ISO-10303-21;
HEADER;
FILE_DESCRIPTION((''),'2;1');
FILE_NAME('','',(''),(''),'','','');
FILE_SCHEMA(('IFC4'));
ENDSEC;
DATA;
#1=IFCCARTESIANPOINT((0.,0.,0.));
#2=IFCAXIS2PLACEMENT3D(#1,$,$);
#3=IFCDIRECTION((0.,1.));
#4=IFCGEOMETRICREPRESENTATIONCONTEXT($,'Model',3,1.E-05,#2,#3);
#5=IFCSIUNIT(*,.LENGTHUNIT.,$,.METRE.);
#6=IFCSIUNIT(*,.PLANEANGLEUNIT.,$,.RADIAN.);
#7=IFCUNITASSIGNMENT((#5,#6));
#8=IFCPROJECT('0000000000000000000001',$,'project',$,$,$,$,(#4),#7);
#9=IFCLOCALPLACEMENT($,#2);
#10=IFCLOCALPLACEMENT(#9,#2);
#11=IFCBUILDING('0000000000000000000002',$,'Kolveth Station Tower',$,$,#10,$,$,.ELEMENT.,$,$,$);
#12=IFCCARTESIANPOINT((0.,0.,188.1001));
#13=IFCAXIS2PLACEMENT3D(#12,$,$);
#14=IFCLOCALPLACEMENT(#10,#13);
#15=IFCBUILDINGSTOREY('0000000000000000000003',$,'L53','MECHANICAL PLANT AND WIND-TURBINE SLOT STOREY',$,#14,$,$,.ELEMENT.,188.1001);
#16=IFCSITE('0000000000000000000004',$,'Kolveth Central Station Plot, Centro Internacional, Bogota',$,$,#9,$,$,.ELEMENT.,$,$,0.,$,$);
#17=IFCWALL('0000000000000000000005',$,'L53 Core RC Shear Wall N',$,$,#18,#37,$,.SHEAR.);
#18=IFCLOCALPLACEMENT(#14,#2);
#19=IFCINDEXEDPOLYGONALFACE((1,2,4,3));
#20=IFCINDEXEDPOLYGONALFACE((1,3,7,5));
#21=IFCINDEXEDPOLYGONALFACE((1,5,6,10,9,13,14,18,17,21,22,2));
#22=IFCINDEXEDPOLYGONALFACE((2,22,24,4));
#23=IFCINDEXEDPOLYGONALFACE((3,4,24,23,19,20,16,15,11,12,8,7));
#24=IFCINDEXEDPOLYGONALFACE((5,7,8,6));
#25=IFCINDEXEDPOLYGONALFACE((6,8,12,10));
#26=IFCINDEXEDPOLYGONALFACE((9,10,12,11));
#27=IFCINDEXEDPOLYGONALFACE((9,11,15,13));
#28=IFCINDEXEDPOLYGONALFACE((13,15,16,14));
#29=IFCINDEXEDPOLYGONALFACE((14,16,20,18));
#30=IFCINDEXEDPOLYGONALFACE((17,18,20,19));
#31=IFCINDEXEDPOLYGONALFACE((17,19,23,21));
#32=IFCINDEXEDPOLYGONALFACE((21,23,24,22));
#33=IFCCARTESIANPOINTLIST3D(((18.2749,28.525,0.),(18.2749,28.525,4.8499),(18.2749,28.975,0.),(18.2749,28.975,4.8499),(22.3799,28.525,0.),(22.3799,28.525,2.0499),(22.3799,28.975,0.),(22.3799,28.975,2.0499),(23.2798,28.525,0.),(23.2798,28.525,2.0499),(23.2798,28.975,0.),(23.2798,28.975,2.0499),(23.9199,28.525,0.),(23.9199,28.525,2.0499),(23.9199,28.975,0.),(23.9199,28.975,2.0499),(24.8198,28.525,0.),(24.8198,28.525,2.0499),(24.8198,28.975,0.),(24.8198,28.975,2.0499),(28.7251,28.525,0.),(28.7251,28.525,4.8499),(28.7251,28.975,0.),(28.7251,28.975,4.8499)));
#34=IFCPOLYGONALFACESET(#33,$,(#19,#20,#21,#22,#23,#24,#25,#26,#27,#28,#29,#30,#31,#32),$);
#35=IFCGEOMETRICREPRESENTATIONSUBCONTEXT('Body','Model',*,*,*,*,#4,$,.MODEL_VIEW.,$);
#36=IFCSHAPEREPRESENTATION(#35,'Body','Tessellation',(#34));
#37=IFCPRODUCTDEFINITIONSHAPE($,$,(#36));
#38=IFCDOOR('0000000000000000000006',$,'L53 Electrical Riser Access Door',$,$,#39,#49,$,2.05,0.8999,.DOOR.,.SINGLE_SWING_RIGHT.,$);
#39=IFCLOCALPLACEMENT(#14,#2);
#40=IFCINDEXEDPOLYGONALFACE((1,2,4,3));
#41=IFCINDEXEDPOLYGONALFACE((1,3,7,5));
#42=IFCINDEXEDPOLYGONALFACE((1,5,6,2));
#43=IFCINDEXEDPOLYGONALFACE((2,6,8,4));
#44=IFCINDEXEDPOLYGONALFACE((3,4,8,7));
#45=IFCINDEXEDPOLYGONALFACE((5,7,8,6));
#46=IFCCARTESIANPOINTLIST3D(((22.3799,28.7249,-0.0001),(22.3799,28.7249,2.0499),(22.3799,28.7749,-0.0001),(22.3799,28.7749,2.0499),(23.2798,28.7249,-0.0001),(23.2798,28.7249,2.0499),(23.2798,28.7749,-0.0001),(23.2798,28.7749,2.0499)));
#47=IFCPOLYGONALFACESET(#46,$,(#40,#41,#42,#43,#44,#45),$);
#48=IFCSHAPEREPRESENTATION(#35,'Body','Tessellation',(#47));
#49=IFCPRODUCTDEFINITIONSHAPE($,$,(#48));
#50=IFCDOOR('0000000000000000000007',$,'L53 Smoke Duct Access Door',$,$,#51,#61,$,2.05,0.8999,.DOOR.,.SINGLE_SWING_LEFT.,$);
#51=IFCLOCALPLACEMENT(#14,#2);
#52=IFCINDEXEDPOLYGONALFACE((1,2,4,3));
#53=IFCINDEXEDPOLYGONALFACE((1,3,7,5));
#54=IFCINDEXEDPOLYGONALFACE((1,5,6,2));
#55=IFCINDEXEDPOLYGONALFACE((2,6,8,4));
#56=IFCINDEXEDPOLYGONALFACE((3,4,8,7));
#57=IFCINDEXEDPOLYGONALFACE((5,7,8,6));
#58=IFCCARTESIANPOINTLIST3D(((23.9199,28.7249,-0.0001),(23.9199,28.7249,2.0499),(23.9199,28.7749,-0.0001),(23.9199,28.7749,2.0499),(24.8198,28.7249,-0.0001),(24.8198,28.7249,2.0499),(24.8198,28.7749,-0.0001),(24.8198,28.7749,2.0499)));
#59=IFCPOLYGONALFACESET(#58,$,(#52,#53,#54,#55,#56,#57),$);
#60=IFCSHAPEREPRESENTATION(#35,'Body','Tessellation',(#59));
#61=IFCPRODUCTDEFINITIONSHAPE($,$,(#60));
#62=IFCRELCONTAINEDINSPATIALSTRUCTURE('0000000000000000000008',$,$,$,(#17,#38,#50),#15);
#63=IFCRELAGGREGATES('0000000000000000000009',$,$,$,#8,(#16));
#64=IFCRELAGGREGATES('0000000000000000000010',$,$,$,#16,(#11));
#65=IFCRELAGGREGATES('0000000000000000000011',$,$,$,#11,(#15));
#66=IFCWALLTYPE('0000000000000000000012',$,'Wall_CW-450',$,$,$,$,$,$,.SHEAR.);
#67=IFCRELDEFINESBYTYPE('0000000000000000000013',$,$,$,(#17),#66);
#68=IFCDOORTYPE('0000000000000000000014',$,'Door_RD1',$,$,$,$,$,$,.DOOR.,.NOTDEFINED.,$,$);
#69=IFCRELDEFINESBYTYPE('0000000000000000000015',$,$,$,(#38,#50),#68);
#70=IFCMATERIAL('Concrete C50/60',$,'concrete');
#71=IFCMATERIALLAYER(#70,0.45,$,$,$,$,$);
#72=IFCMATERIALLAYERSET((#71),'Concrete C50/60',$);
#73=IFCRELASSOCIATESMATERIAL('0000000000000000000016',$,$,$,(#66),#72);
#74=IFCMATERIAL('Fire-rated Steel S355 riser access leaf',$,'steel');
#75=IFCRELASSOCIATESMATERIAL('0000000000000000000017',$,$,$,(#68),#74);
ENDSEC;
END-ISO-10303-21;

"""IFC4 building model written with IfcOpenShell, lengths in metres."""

from ifc_helpers import new_model, si_unit, direction, frame, frame_2d, origin, place, context, subcontext, project, spatial, rectangle, extrude, material, layer, layer_set, type_object, element, fill, save


model = new_model("IFC4")

# Units and contexts
model_context = context("Model", 3, precision=1e-05, world=origin(), true_north=direction((0.0, 1.0)))
body_context = subcontext(model_context, "Body", "Model", "MODEL_VIEW")
ifc_project = project(units=[si_unit("LENGTHUNIT", "METRE"), si_unit("PLANEANGLEUNIT", "RADIAN")], contexts=[model_context])

# Site, building, storey
site_placement = place(None, origin())
site = spatial("IfcSite", under=ifc_project, at=site_placement, Name="Kolveth Central Station Plot, Centro Internacional, Bogota", CompositionType="ELEMENT", RefElevation=0.0)
building_placement = place(site_placement, origin())
building = spatial("IfcBuilding", under=site, at=building_placement, Name="Kolveth Station Tower", CompositionType="ELEMENT")
storey_placement = place(building_placement, frame((0.0, 0.0, 188.1001)))
storey = spatial("IfcBuildingStorey", under=building, at=storey_placement, Name="L53", Description="MECHANICAL PLANT AND WIND-TURBINE SLOT STOREY", CompositionType="ELEMENT", Elevation=188.1001)

# Wall, openings, doors
ifc_material_1 = material(Name="Concrete C50/60", Category="concrete")
ifc_layer_1 = layer(ifc_material_1, 0.45)
ifc_layer_set_1 = layer_set([ifc_layer_1], Name="Concrete C50/60")
wall_type = type_object("IfcWallType", Name="Wall_CW-450", PredefinedType="SHEAR", material=ifc_layer_set_1)
wall_placement = place(storey_placement, frame((18.2749, 28.75, 0.0), z_axis=(0.0, 0.0, 1.0), x_axis=(1.0, 0.0, 0.0)))
wall = element("IfcWall", 1, at=wall_placement, inside=storey, type_object=wall_type, Name="L53 Core RC Shear Wall N", PredefinedType="SHEAR", context=body_context, shape_type="SweptSolid", body=[
    extrude(rectangle(XDim=10.4502, YDim=0.45, at=frame_2d((5.2251, 0.0))), origin(), (0.0, 0.0, 1.0), 4.8499),
])
opening_1_placement = place(wall_placement, frame((4.105, 0.0, 0.0)))
opening_1 = element("IfcOpeningElement", 2, at=opening_1_placement, cuts=wall, PredefinedType="OPENING", context=body_context, shape_type="SweptSolid", body=[
    extrude(rectangle(XDim=0.8999, YDim=2.05, at=frame_2d((0.45, 1.0249))), frame((0.0, 0.2349, 0.0), z_axis=(0.0, -1.0, 0.0), x_axis=(1.0, 0.0, 0.0)), (0.0, 0.0, 1.0), 0.47),
])
opening_2_placement = place(wall_placement, frame((5.645, 0.0, 0.0)))
opening_2 = element("IfcOpeningElement", 3, at=opening_2_placement, cuts=wall, PredefinedType="OPENING", context=body_context, shape_type="SweptSolid", body=[
    extrude(rectangle(XDim=0.8999, YDim=2.05, at=frame_2d((0.45, 1.0249))), frame((0.0, 0.2349, 0.0), z_axis=(0.0, -1.0, 0.0), x_axis=(1.0, 0.0, 0.0)), (0.0, 0.0, 1.0), 0.47),
])
ifc_material_2 = material(Name="Fire-rated Steel S355 riser access leaf", Category="steel")
door_type = type_object("IfcDoorType", Name="Door_RD1", OperationType="NOTDEFINED", PredefinedType="DOOR", material=ifc_material_2)
door_1_placement = place(opening_1_placement, origin())
door_1 = element("IfcDoor", 4, at=door_1_placement, inside=storey, type_object=door_type, Name="L53 Electrical Riser Access Door", OperationType="SINGLE_SWING_RIGHT", OverallHeight=2.05, OverallWidth=0.8999, PredefinedType="DOOR", context=body_context, shape_type="SweptSolid", body=[
    extrude(rectangle(XDim=0.8999, YDim=2.05, at=frame_2d((0.45, 1.0249))), frame((0.0, 0.0249, 0.0), z_axis=(0.0, -1.0, 0.0), x_axis=(1.0, 0.0, 0.0)), (0.0, 0.0, 1.0), 0.05),
])
fill(opening_1, door_1)
door_2_placement = place(opening_2_placement, origin())
door_2 = element("IfcDoor", 5, at=door_2_placement, inside=storey, type_object=door_type, Name="L53 Smoke Duct Access Door", OperationType="SINGLE_SWING_LEFT", OverallHeight=2.05, OverallWidth=0.8999, PredefinedType="DOOR", context=body_context, shape_type="SweptSolid", body=[
    extrude(rectangle(XDim=0.8999, YDim=2.05, at=frame_2d((0.45, 1.0249))), frame((0.0, 0.0249, 0.0), z_axis=(0.0, -1.0, 0.0), x_axis=(1.0, 0.0, 0.0)), (0.0, 0.0, 1.0), 0.05),
])
fill(opening_2, door_2)

save(model, "model.ifc")
